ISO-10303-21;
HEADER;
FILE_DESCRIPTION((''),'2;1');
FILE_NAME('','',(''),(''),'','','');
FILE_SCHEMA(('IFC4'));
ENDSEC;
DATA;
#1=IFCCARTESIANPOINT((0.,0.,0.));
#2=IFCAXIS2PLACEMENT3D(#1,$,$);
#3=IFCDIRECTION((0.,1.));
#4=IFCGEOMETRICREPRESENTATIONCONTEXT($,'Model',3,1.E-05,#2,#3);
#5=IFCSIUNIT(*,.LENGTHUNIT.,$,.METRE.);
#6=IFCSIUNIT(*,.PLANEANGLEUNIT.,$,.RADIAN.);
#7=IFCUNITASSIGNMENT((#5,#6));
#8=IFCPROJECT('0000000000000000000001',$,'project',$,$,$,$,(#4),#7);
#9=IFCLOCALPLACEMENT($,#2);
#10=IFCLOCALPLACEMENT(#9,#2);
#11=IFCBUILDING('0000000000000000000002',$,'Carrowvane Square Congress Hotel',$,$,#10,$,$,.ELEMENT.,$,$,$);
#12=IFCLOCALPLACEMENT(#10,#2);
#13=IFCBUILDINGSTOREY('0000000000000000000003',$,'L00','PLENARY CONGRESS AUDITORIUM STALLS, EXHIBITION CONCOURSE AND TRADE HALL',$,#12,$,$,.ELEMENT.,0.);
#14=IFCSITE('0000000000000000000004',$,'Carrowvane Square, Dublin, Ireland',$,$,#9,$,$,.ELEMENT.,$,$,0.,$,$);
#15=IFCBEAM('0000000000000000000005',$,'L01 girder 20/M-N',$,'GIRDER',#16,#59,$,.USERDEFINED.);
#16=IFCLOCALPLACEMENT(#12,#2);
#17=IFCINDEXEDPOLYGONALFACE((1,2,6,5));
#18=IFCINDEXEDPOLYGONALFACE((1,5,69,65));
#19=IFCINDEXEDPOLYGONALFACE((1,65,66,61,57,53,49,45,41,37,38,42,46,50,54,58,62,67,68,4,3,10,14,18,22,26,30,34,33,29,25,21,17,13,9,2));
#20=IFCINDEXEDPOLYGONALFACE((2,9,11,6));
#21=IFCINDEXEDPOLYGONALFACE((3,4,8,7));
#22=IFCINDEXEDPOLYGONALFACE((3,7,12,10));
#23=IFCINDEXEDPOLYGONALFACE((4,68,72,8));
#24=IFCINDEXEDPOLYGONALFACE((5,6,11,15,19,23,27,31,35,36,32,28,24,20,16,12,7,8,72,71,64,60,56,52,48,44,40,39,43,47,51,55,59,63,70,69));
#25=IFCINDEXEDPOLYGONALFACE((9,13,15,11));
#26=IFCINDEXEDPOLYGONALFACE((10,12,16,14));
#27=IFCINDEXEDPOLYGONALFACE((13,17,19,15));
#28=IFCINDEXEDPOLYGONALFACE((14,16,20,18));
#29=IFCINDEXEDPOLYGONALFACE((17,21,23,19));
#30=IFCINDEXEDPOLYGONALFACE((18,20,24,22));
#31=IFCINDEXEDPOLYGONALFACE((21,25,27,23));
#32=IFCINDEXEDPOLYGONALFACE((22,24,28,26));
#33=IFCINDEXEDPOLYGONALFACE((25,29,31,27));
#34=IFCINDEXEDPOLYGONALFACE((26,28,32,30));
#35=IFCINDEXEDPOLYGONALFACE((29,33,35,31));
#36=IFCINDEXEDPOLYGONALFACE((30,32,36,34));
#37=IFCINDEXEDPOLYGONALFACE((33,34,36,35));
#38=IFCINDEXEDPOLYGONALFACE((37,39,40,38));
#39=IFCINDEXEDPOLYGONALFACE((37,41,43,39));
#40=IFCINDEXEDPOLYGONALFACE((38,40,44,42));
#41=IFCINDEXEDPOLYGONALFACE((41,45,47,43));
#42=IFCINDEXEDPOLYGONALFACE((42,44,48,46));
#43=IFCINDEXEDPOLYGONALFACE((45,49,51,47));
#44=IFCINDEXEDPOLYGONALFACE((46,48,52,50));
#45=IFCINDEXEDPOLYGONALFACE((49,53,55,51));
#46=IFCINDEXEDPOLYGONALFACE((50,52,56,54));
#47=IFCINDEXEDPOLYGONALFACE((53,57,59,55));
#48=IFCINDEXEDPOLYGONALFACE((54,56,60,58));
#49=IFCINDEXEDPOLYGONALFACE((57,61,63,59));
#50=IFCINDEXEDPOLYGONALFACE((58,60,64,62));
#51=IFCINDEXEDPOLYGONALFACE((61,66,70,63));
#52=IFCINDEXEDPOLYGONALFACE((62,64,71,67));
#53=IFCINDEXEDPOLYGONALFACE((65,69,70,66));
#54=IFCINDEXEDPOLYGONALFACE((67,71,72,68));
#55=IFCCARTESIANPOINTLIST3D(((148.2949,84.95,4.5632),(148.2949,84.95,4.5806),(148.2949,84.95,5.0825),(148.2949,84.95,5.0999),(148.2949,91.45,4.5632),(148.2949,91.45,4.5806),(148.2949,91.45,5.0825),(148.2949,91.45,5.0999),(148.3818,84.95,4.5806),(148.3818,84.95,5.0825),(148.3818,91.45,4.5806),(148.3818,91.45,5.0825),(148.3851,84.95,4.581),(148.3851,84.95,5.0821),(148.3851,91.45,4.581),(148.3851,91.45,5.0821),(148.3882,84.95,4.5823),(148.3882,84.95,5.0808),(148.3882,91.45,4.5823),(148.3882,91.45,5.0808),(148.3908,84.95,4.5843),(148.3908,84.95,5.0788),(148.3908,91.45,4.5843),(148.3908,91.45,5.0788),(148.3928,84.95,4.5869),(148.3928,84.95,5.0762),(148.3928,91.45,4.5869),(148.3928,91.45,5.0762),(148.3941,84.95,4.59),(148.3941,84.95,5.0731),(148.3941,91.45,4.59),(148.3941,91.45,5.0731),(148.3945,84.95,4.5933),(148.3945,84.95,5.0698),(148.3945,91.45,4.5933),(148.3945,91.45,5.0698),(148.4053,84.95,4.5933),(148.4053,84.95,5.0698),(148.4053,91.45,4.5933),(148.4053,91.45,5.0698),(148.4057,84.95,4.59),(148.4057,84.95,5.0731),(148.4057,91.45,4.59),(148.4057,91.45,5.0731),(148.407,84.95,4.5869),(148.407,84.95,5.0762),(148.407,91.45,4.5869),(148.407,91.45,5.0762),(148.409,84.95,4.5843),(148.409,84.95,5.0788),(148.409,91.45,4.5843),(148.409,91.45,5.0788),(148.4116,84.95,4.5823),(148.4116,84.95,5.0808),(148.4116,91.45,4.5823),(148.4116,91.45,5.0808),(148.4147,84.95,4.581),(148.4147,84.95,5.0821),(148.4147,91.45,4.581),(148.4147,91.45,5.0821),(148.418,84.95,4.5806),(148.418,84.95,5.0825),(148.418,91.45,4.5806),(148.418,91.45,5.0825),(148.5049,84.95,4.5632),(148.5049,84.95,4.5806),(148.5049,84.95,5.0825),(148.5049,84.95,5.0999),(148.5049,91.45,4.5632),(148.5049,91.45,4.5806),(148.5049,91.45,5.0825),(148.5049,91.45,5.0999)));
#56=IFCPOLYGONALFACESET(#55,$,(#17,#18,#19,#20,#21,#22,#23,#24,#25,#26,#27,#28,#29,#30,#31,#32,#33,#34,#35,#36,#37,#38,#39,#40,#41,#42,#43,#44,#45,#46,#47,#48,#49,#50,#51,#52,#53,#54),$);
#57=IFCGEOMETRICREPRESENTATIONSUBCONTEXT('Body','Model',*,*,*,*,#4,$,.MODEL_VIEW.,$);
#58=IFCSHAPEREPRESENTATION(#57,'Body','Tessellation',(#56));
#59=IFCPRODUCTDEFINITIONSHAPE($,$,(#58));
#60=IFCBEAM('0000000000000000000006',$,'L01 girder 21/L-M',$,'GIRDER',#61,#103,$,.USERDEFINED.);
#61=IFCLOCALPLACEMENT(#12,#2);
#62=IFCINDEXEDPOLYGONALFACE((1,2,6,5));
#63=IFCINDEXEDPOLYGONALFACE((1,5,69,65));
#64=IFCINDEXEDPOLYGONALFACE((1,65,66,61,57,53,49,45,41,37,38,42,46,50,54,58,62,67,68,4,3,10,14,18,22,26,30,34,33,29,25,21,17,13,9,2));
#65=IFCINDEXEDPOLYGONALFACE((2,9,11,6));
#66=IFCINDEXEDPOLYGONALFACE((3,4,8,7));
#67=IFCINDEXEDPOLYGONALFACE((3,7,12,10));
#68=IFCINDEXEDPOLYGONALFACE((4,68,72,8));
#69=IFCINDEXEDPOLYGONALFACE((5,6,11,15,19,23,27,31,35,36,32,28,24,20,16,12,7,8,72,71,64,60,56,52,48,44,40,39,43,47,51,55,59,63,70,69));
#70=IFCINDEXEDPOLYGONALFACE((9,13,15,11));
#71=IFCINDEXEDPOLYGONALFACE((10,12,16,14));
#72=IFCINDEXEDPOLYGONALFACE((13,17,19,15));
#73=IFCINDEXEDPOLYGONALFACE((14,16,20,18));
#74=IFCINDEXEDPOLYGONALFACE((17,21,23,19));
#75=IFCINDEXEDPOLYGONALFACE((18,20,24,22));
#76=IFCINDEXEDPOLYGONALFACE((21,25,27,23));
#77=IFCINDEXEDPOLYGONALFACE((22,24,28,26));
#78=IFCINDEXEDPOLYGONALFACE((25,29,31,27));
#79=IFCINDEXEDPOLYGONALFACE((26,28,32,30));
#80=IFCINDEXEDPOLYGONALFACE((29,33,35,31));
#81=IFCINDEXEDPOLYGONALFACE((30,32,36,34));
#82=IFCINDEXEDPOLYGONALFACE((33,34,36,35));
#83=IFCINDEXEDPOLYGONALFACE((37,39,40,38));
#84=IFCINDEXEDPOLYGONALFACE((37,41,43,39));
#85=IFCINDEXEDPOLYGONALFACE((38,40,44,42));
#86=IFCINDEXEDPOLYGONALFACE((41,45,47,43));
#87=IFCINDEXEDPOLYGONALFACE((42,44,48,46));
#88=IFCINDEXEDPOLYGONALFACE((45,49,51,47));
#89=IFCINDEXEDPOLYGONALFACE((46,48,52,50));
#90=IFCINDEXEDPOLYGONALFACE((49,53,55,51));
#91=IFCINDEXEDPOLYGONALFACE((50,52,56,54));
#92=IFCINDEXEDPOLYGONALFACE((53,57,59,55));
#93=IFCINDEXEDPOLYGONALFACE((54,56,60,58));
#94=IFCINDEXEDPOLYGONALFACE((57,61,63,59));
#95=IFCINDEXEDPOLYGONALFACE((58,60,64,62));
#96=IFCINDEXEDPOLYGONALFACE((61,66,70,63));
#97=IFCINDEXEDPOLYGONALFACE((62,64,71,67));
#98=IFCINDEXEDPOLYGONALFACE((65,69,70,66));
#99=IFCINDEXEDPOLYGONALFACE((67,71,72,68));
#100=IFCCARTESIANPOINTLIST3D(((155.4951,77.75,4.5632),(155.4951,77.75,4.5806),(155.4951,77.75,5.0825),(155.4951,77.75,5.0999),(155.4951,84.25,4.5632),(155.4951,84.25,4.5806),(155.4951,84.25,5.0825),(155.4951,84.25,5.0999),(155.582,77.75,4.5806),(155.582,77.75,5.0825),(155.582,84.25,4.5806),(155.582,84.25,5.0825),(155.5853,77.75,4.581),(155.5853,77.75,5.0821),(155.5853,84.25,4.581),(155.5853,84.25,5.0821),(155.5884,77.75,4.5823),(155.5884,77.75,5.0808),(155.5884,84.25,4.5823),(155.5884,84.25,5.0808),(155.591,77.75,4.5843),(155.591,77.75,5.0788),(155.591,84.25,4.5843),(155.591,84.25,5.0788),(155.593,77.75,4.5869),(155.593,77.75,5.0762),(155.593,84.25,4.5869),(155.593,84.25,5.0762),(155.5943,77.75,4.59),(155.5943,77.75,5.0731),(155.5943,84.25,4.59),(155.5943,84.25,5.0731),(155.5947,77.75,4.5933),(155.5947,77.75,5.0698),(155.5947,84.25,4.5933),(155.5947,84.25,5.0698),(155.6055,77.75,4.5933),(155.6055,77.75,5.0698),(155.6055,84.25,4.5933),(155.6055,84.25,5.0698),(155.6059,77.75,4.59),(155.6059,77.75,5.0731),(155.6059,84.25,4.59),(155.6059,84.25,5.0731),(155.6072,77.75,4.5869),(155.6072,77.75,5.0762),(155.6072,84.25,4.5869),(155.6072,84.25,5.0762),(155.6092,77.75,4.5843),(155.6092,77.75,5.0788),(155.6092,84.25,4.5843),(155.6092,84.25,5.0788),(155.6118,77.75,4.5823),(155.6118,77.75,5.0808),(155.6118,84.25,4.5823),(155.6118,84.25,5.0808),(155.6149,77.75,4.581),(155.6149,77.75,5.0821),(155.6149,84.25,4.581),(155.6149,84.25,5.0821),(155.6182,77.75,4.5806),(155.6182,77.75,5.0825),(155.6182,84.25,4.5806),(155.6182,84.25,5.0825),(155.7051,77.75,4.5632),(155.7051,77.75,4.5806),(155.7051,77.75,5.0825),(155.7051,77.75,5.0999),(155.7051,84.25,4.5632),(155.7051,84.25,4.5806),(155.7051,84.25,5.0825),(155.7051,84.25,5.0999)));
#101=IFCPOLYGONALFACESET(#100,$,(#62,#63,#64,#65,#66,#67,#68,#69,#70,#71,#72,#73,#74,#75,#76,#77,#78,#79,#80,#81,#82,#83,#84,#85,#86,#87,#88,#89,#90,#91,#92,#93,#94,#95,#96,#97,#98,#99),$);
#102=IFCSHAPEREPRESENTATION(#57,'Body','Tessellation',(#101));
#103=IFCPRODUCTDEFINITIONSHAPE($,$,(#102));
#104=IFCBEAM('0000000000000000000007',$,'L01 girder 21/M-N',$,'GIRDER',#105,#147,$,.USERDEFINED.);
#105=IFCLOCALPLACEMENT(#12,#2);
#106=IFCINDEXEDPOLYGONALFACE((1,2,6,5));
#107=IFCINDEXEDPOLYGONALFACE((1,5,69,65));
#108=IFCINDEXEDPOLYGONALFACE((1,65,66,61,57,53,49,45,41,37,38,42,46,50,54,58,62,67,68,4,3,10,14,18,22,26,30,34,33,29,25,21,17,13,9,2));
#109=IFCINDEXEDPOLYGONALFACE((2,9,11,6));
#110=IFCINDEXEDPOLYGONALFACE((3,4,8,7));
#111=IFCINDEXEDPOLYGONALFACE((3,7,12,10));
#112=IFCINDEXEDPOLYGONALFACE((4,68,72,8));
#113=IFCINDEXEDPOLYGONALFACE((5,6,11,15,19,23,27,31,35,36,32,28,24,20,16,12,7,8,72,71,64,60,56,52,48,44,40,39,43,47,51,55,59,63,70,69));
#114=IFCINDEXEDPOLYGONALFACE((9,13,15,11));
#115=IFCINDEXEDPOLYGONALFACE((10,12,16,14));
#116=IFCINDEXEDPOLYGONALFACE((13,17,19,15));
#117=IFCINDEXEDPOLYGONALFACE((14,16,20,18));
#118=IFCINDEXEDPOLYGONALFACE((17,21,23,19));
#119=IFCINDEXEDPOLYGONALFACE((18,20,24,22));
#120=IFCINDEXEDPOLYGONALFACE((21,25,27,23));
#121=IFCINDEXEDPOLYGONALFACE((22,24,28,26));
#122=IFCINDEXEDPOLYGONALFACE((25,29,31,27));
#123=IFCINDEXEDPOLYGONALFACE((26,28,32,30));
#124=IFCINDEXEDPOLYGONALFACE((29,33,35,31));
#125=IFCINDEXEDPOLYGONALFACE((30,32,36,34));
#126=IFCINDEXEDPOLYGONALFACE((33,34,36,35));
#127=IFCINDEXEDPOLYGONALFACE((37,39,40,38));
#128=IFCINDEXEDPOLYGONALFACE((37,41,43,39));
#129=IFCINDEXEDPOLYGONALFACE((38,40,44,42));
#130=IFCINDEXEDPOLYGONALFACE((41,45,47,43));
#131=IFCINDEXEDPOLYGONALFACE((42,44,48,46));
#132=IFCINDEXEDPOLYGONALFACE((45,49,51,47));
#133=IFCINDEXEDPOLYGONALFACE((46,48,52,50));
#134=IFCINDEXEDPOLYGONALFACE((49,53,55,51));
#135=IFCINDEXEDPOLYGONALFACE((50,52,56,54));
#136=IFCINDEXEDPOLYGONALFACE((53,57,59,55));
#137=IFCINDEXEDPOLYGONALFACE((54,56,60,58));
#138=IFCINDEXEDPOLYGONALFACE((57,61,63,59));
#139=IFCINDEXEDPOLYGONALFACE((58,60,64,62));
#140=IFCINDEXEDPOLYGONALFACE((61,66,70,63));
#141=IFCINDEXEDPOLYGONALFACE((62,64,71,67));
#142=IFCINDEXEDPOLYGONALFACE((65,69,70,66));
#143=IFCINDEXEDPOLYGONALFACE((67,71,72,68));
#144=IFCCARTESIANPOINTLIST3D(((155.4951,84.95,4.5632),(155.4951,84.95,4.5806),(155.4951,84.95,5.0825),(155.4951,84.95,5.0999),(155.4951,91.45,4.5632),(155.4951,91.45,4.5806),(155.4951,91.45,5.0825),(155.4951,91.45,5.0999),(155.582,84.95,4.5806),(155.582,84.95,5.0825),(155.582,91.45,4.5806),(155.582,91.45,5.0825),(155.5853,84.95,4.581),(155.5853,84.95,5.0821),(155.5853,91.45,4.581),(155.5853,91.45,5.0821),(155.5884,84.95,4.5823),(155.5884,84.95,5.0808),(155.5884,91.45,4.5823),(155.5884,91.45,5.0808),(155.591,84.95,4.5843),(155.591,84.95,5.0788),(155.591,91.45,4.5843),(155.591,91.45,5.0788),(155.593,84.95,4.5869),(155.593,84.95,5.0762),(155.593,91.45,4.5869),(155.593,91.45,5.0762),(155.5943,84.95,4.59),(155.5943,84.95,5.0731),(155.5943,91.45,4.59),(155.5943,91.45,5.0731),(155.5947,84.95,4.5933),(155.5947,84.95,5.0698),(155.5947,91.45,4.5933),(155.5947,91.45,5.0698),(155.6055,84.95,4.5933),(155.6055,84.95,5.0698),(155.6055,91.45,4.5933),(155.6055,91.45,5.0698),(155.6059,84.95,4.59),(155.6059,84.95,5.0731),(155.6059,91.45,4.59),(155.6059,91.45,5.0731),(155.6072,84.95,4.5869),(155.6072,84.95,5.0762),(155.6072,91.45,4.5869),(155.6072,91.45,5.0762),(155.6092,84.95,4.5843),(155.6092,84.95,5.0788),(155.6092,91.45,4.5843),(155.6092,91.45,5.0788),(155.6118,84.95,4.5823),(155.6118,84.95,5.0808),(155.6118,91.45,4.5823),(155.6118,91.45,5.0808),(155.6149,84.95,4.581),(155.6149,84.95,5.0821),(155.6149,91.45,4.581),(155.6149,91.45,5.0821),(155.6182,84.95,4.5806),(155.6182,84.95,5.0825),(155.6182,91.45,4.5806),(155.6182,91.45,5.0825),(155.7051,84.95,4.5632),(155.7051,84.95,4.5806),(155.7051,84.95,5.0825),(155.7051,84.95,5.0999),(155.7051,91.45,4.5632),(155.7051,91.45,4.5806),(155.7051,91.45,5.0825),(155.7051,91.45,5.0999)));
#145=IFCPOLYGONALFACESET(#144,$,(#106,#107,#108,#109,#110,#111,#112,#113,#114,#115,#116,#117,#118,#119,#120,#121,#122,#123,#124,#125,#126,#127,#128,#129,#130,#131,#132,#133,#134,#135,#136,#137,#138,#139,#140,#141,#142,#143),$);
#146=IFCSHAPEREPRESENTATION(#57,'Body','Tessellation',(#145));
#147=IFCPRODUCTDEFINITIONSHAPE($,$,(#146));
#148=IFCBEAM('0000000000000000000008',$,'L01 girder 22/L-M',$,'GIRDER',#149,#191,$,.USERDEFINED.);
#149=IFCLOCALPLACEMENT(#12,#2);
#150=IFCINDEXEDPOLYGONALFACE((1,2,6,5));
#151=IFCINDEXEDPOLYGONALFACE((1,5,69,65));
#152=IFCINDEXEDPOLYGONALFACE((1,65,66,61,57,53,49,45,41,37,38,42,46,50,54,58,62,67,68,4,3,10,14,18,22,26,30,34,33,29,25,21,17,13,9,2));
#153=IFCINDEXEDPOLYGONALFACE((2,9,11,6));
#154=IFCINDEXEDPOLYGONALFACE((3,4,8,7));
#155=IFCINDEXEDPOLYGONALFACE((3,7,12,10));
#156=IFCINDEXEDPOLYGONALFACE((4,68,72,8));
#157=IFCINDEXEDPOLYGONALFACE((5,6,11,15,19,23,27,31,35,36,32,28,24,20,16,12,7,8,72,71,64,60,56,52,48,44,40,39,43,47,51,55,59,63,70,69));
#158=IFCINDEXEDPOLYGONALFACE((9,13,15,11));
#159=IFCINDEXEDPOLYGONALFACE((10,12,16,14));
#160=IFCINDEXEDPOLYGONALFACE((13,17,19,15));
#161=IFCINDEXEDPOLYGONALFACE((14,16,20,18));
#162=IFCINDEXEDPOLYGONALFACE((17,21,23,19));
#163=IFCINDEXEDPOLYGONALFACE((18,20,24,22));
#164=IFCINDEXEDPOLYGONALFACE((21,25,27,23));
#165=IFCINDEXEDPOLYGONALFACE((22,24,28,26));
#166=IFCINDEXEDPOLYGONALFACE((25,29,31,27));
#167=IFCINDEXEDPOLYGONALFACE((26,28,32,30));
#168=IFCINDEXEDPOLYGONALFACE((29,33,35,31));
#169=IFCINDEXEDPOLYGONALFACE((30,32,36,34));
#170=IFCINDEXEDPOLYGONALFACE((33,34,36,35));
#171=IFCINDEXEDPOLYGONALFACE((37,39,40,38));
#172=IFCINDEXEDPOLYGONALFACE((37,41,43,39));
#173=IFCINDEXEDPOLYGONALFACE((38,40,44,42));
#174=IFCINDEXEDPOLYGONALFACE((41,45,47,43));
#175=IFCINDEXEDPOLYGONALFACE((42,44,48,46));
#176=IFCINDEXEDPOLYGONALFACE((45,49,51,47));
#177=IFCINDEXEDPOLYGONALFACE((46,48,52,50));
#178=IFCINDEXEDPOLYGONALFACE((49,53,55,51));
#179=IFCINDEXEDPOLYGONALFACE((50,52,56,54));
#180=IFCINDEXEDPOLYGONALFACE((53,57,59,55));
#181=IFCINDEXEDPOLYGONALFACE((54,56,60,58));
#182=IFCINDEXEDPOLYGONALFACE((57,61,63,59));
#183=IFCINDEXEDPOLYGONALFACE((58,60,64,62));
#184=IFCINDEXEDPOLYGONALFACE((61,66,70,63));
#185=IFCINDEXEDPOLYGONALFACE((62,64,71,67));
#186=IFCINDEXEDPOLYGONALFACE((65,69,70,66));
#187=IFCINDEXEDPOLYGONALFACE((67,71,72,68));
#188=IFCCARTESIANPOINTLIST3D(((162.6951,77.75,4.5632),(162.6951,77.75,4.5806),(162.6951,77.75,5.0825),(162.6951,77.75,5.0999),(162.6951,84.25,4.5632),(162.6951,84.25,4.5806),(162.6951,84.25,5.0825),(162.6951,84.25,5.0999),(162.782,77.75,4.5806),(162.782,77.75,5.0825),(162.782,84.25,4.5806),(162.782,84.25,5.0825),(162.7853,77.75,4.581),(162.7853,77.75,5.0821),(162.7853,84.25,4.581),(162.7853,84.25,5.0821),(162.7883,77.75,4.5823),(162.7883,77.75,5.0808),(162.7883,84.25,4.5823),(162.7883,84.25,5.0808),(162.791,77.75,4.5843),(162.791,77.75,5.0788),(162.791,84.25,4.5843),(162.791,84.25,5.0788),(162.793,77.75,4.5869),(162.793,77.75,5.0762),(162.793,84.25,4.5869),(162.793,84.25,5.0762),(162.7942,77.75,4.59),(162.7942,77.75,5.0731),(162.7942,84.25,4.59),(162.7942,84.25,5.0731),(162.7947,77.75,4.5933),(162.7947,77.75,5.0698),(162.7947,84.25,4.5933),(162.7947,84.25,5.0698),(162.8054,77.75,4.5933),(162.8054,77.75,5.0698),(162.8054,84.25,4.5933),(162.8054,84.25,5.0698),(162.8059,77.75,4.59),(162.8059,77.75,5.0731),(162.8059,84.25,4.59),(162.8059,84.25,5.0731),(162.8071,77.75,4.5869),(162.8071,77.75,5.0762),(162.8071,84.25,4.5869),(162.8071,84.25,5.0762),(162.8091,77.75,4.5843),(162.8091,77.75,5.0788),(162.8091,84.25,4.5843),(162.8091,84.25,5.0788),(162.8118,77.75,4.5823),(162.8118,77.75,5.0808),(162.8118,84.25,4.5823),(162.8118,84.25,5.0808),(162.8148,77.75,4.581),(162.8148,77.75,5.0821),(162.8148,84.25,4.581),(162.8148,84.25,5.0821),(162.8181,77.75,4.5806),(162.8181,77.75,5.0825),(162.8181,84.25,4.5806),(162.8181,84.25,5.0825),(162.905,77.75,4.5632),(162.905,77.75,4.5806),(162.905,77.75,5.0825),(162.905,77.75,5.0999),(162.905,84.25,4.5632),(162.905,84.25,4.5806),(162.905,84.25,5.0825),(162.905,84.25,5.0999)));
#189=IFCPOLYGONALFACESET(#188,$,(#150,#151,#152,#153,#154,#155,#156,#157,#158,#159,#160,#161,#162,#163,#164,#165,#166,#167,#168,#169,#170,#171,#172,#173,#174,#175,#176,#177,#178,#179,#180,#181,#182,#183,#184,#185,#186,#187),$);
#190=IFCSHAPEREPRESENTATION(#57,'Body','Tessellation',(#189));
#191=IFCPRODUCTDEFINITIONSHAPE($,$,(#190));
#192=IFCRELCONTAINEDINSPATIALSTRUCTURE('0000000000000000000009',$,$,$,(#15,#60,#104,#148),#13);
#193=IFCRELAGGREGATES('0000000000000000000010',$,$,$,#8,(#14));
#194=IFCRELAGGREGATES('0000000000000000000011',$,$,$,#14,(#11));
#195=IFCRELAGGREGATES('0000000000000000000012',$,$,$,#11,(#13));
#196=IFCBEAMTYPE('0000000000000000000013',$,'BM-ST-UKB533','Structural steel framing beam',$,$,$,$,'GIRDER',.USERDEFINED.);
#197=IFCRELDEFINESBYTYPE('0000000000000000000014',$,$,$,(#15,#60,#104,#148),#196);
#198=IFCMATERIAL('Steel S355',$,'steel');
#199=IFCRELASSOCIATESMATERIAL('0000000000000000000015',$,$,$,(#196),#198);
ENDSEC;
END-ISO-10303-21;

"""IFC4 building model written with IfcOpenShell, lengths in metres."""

from ifc_helpers import new_model, si_unit, direction, frame, origin, origin_2d, place, context, subcontext, project, spatial, i_section, extrude, material, material_profile, profile_set, type_object, element, save


model = new_model("IFC4")

# Units and contexts
model_context = context("Model", 3, precision=1e-05, world=origin(), true_north=direction((0.0, 1.0)))
body_context = subcontext(model_context, "Body", "Model", "MODEL_VIEW")
ifc_project = project(units=[si_unit("LENGTHUNIT", "METRE"), si_unit("PLANEANGLEUNIT", "RADIAN")], contexts=[model_context])

# Site, building, storey
site_placement = place(None, origin())
site = spatial("IfcSite", under=ifc_project, at=site_placement, Name="Carrowvane Square, Dublin, Ireland", CompositionType="ELEMENT", RefElevation=0.0)
building_placement = place(site_placement, origin())
building = spatial("IfcBuilding", under=site, at=building_placement, Name="Carrowvane Square Congress Hotel", CompositionType="ELEMENT")
storey_placement = place(building_placement, origin())
storey = spatial("IfcBuildingStorey", under=building, at=storey_placement, Name="L00", Description="PLENARY CONGRESS AUDITORIUM STALLS, EXHIBITION CONCOURSE AND TRADE HALL", CompositionType="ELEMENT", Elevation=0.0)

# Beams
ifc_material_1 = material(Name="Steel S355", Category="steel")
ifc_material_profile_1 = material_profile(ifc_material_1, i_section(OverallWidth=0.21, OverallDepth=0.5366, WebThickness=0.0107, FlangeThickness=0.0173, FilletRadius=0.0127, at=origin_2d()), Name="UKB 533x210x101")
ifc_profile_set_1 = profile_set([ifc_material_profile_1], Name="Steel S355")
beam_type_1 = type_object("IfcBeamType", Name="BM-ST-UKB533", Description="Structural steel framing beam", ElementType="GIRDER", PredefinedType="USERDEFINED", material=ifc_profile_set_1)
for number, where, z_axis, x_axis, name in (
    (1, (148.3999, 84.95, 4.8315), (0.0, 1.0, 0.0), (-1.0, 0.0, 0.0), "L01 girder 20/M-N"),
    (2, (155.6001, 77.75, 4.8315), (0.0, 1.0, 0.0), (-1.0, 0.0, 0.0), "L01 girder 21/L-M"),
    (3, (155.6001, 84.95, 4.8315), (0.0, 1.0, 0.0), (-1.0, 0.0, 0.0), "L01 girder 21/M-N"),
    (4, (162.8, 77.75, 4.8315), (0.0, 1.0, 0.0), (-1.0, 0.0, 0.0), "L01 girder 22/L-M"),
):
    element("IfcBeam", number, at=place(storey_placement, frame(where, z_axis=z_axis, x_axis=x_axis)), inside=storey, type_object=beam_type_1, Name=name, ObjectType="GIRDER", PredefinedType="USERDEFINED", context=body_context, shape_type="SweptSolid", body=[
        extrude(i_section(OverallWidth=0.21, OverallDepth=0.5366, WebThickness=0.0107, FlangeThickness=0.0173, FilletRadius=0.0127, at=origin_2d()), origin(), (0.0, 0.0, 1.0), 6.5),
    ])

save(model, "model.ifc")
